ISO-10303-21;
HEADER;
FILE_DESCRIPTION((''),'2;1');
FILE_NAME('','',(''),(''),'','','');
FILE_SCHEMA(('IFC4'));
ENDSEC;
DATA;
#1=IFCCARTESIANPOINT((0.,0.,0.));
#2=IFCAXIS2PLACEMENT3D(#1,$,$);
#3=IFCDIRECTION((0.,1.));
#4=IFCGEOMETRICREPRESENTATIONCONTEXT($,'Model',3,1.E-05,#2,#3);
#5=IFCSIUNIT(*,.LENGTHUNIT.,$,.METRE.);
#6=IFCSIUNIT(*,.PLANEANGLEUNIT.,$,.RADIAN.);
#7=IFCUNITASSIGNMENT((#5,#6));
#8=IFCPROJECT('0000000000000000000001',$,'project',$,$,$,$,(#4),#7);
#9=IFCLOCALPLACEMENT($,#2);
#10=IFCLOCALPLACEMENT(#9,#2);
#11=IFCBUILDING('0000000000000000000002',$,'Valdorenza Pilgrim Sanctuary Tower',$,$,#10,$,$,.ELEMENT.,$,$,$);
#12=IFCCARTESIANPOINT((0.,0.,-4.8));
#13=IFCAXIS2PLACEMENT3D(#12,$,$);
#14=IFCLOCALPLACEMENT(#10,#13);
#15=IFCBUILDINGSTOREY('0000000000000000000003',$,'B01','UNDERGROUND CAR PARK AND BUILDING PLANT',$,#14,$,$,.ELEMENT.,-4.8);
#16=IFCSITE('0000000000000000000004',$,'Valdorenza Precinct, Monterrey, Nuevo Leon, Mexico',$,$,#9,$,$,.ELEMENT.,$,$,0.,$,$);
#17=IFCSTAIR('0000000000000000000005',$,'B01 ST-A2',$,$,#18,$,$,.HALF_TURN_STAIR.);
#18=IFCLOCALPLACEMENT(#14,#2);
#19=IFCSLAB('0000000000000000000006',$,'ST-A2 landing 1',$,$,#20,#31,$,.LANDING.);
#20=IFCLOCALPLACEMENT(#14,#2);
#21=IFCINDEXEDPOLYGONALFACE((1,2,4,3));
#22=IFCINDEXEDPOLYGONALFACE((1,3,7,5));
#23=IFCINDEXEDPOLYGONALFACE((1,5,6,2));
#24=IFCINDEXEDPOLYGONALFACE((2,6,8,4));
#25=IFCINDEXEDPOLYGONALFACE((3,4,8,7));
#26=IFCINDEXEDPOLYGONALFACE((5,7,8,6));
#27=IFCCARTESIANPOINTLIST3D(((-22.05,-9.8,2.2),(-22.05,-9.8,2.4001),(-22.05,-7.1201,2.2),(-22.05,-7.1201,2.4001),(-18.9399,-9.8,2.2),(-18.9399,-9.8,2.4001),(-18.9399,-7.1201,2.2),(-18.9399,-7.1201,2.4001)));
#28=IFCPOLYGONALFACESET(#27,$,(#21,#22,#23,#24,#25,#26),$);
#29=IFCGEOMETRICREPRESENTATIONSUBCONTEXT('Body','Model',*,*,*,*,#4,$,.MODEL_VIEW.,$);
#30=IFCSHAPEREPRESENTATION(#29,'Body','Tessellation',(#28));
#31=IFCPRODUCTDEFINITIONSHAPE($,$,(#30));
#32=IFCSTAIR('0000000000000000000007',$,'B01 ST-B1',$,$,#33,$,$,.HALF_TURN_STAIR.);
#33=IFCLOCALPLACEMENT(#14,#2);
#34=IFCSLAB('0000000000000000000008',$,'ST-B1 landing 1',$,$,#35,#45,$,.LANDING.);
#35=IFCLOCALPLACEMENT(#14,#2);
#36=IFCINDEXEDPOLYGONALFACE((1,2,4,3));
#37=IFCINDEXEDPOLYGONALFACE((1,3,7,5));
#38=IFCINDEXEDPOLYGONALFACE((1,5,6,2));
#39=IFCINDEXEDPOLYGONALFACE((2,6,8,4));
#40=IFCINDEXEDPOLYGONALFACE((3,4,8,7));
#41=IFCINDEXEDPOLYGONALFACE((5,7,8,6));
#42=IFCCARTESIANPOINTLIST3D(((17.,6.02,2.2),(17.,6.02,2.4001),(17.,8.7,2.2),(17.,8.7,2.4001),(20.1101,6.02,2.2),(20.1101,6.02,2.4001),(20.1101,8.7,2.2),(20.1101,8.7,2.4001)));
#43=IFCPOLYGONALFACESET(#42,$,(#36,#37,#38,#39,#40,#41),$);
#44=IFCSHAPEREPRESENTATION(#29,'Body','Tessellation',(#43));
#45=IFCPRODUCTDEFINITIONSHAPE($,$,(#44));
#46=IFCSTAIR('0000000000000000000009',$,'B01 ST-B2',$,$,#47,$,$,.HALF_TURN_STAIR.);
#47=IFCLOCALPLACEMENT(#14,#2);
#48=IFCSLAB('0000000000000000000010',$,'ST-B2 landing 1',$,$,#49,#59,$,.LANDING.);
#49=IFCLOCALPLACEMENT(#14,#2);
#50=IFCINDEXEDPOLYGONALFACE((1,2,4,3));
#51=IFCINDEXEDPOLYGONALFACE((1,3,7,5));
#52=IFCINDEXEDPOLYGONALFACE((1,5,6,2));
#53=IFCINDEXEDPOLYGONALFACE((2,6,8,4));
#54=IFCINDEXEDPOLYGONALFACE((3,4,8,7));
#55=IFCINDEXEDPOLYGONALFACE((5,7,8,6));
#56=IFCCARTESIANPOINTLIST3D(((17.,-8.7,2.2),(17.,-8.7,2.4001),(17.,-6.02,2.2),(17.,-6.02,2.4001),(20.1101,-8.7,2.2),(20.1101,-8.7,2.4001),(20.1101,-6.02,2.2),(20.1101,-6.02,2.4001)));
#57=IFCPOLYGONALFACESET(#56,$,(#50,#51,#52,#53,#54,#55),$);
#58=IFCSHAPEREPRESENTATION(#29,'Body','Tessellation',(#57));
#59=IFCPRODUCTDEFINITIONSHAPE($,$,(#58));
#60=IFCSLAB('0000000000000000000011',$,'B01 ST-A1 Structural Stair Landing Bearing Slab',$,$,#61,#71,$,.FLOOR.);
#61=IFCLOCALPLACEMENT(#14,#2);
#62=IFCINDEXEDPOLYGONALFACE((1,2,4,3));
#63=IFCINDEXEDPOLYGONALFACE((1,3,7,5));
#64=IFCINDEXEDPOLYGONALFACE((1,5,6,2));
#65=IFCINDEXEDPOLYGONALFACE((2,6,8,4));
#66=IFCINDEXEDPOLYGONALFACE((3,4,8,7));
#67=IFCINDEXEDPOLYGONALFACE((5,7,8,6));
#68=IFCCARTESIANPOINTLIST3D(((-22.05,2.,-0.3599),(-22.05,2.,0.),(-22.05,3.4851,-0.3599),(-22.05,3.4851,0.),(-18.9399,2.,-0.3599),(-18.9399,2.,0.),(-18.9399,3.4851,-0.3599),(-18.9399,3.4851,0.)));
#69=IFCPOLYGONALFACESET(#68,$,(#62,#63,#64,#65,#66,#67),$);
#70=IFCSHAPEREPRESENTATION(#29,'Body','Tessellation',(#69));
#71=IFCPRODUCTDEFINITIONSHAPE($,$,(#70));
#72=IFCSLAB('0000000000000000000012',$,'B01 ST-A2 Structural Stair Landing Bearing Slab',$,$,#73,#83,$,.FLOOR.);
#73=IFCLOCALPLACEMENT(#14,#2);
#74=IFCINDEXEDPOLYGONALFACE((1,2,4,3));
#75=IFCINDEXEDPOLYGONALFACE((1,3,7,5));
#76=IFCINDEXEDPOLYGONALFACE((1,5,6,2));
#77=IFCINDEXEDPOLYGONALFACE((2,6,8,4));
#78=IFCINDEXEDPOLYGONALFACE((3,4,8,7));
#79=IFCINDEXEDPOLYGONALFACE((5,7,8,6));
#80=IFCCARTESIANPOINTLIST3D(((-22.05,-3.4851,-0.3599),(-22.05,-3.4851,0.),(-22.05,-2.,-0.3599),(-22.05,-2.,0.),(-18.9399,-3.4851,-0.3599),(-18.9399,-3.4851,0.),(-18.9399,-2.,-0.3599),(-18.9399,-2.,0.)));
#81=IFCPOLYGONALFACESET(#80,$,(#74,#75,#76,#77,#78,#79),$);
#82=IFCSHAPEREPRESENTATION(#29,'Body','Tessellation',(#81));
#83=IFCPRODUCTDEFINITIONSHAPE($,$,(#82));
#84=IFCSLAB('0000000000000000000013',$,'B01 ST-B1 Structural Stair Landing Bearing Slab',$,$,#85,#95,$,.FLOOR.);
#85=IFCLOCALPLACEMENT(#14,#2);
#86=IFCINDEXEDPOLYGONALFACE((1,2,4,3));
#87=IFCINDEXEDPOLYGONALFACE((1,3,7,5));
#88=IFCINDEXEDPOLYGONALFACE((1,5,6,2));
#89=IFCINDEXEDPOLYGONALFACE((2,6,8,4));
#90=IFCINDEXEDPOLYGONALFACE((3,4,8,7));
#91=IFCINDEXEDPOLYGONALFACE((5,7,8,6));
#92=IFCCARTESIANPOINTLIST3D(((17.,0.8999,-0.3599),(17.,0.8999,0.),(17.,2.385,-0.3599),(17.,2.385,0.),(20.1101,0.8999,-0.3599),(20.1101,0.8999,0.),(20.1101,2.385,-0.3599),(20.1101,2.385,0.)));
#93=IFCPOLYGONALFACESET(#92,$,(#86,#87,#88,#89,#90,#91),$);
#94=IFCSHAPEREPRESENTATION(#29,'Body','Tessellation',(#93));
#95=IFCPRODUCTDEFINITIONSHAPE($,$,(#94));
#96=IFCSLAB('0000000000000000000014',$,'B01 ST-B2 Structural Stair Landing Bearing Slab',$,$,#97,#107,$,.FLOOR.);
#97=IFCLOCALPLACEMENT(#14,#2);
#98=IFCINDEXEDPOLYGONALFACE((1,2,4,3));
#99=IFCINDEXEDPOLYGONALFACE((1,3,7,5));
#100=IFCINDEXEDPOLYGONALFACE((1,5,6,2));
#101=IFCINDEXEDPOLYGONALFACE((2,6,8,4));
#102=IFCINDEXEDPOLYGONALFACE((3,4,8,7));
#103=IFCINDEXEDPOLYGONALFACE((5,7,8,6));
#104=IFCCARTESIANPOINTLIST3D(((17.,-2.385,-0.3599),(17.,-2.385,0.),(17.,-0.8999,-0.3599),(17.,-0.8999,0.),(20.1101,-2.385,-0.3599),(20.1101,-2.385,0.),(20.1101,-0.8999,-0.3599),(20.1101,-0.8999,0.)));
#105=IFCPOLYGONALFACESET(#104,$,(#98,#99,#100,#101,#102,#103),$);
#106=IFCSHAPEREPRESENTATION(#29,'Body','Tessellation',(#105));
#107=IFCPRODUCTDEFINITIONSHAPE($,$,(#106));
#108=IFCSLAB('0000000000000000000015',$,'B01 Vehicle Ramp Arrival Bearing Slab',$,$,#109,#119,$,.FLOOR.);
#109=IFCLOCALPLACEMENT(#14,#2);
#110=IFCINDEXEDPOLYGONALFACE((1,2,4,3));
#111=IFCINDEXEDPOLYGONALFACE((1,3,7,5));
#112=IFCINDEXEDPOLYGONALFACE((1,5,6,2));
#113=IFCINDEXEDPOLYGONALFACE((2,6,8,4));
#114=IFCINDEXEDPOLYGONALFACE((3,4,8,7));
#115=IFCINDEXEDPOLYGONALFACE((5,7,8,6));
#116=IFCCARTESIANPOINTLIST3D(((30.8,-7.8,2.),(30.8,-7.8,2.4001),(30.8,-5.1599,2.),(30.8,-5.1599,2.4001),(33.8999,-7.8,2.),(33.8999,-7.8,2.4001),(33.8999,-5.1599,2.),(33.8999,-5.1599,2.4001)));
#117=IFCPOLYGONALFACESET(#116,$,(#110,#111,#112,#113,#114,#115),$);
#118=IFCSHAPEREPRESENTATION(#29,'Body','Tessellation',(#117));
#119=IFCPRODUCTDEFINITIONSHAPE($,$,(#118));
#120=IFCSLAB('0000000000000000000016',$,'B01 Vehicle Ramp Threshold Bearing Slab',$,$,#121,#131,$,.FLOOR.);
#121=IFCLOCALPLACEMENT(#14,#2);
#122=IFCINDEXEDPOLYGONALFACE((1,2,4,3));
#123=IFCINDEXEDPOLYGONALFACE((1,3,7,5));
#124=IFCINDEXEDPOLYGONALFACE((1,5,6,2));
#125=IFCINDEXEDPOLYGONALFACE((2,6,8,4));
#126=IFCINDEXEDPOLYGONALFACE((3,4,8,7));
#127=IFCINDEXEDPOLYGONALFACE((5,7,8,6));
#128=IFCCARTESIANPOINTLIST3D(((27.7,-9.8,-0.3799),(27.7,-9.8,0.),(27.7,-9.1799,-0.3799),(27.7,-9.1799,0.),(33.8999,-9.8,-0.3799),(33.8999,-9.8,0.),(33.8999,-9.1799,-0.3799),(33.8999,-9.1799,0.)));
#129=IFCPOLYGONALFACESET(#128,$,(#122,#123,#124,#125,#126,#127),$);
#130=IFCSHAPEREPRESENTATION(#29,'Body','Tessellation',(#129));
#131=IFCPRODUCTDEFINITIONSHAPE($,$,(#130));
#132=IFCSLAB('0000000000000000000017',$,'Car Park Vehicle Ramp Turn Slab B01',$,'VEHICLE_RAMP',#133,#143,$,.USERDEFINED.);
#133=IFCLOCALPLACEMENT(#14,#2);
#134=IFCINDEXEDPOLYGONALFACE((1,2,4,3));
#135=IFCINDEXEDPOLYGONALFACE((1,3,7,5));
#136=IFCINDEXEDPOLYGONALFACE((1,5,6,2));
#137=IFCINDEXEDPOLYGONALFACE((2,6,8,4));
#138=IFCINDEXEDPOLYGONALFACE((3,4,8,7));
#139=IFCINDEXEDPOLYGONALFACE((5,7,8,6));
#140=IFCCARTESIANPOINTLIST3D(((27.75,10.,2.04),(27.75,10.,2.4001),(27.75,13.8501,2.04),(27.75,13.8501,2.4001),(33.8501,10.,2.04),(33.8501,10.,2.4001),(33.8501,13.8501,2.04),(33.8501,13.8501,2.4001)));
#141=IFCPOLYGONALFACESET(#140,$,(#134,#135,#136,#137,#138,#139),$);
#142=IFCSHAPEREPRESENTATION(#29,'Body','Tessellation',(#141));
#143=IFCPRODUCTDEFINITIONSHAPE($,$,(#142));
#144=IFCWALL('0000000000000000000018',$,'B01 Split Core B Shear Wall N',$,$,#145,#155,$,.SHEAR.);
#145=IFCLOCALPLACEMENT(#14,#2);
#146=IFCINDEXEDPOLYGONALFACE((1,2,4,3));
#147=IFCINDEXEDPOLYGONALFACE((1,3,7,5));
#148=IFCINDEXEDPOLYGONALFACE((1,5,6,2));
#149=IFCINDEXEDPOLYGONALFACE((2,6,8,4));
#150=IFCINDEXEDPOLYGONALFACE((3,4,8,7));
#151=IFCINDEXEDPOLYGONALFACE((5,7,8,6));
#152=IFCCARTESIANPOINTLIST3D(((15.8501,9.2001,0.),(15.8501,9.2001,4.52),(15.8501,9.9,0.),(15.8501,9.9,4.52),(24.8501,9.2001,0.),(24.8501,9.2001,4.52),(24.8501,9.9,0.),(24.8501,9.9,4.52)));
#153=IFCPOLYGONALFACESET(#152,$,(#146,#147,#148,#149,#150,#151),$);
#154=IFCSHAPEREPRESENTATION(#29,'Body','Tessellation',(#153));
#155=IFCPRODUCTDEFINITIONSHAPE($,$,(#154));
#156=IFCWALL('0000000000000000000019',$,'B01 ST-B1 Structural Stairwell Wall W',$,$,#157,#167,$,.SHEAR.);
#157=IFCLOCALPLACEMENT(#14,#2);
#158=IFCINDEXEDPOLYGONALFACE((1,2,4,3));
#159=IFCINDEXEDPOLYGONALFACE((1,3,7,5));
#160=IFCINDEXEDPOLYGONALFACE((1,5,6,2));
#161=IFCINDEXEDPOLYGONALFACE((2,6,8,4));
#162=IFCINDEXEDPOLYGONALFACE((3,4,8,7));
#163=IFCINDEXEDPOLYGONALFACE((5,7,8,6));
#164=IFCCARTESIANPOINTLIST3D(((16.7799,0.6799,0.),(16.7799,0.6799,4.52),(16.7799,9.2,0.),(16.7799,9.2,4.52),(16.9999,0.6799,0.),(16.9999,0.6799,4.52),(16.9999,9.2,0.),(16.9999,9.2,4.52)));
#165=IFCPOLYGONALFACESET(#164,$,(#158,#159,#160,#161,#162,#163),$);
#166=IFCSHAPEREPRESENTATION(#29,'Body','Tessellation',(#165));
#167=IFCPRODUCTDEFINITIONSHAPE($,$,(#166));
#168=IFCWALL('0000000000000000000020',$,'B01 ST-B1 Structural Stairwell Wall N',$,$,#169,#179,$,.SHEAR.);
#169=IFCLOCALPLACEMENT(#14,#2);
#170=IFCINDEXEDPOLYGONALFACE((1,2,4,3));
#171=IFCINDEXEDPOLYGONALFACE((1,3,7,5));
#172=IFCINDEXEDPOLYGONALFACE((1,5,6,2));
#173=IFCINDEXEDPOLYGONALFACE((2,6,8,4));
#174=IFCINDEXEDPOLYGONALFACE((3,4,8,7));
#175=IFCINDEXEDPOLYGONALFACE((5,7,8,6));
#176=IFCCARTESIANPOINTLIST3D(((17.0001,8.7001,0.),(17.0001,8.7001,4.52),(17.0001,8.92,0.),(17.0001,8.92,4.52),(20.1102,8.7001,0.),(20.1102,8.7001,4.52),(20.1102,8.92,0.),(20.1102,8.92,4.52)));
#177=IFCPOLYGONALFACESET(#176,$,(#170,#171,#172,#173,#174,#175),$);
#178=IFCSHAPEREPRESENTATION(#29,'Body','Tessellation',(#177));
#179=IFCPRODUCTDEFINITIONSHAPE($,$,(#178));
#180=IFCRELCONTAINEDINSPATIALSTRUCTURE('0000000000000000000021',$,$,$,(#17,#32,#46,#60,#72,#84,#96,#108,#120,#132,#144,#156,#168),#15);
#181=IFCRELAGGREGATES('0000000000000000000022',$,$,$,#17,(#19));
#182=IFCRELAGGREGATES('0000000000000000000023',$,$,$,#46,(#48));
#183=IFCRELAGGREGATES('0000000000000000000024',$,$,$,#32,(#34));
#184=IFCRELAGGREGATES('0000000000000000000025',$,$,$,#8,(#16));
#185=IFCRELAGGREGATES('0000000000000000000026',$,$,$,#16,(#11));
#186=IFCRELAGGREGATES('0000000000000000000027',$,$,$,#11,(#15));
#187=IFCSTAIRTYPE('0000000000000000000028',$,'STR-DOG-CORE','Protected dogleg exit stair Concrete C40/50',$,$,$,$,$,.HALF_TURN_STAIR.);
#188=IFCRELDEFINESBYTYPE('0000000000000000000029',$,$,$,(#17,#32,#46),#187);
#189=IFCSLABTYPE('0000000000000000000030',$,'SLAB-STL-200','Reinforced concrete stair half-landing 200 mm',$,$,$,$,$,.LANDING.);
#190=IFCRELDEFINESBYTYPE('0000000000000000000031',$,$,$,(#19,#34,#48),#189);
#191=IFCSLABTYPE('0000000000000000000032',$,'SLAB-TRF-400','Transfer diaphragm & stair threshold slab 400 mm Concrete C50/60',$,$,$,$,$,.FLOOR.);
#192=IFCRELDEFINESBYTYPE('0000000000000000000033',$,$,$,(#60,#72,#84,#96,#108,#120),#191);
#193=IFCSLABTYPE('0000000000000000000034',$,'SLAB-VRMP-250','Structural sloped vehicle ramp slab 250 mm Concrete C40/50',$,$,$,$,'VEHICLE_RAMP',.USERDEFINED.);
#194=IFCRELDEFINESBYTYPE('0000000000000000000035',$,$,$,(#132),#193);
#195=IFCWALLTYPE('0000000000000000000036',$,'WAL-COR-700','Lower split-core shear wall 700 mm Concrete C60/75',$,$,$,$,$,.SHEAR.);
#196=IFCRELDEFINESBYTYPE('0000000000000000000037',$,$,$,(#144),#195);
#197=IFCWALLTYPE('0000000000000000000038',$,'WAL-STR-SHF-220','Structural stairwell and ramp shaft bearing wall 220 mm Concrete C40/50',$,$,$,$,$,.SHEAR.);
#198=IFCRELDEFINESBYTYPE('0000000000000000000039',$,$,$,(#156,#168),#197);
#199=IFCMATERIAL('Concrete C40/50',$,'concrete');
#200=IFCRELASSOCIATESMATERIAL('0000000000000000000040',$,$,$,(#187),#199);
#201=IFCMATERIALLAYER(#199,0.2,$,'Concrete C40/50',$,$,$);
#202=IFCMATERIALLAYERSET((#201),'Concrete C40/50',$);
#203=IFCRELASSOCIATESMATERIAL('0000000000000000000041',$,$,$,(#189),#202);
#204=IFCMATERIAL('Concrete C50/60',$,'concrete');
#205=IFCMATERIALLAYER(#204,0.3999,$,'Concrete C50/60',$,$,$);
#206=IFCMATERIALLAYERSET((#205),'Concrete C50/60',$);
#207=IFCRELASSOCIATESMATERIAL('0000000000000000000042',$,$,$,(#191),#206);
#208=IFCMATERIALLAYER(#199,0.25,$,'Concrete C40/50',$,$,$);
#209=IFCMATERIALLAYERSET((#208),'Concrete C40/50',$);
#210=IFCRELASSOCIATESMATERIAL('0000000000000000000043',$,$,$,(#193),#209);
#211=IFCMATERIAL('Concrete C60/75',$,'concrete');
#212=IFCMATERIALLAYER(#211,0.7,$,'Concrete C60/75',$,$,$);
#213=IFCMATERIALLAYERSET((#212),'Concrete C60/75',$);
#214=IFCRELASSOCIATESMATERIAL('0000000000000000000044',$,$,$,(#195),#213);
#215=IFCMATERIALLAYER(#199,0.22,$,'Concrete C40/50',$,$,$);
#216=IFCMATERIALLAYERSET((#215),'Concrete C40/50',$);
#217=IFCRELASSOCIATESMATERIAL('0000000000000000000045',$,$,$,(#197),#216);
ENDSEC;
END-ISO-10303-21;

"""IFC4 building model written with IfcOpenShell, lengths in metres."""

from ifc_helpers import new_model, si_unit, direction, frame, frame_2d, origin, place, context, subcontext, project, spatial, polyline, rectangle, outline, extrude, material, layer, layer_set, type_object, element, aggregate, save


model = new_model("IFC4")

# Units and contexts
model_context = context("Model", 3, precision=1e-05, world=origin(), true_north=direction((0.0, 1.0)))
body_context = subcontext(model_context, "Body", "Model", "MODEL_VIEW")
ifc_project = project(units=[si_unit("LENGTHUNIT", "METRE"), si_unit("PLANEANGLEUNIT", "RADIAN")], contexts=[model_context])

# Site, building, storey
site_placement = place(None, origin())
site = spatial("IfcSite", under=ifc_project, at=site_placement, Name="Valdorenza Precinct, Monterrey, Nuevo Leon, Mexico", CompositionType="ELEMENT", RefElevation=0.0)
building_placement = place(site_placement, origin())
building = spatial("IfcBuilding", under=site, at=building_placement, Name="Valdorenza Pilgrim Sanctuary Tower", CompositionType="ELEMENT")
storey_placement = place(building_placement, frame((0.0, 0.0, -4.8)))
storey = spatial("IfcBuildingStorey", under=building, at=storey_placement, Name="B01", Description="UNDERGROUND CAR PARK AND BUILDING PLANT", CompositionType="ELEMENT", Elevation=-4.8)

# Shared definitions
ifc_material_1 = material(Name="Concrete C60/75", Category="concrete")

# Stairs, slabs
ifc_material_2 = material(Name="Concrete C40/50", Category="concrete")
stair_type = type_object("IfcStairType", Name="STR-DOG-CORE", Description="Protected dogleg exit stair Concrete C40/50", PredefinedType="HALF_TURN_STAIR", material=ifc_material_2)
ifc_layer_1 = layer(ifc_material_2, 0.2, Name="Concrete C40/50")
ifc_layer_set_1 = layer_set([ifc_layer_1], Name="Concrete C40/50")
slab_type_1 = type_object("IfcSlabType", Name="SLAB-STL-200", Description="Reinforced concrete stair half-landing 200 mm", PredefinedType="LANDING", material=ifc_layer_set_1)
stair_1_placement = place(storey_placement, origin())
stair_1 = element("IfcStair", 1, at=stair_1_placement, inside=storey, type_object=stair_type, Name="B01 ST-A2", PredefinedType="HALF_TURN_STAIR")
slab_1_placement = place(storey_placement, frame((0.0, 0.0, 2.2)))
slab_1 = element("IfcSlab", 2, at=slab_1_placement, type_object=slab_type_1, Name="ST-A2 landing 1", PredefinedType="LANDING", context=body_context, shape_type="SweptSolid", body=[
    extrude(outline(polyline([(-22.05, -7.1201), (-22.05, -9.8), (-18.9399, -9.8), (-18.9399, -7.1201), (-22.05, -7.1201)])), origin(), (0.0, 0.0, 1.0), 0.2002),
])
aggregate(stair_1, [slab_1])
stair_2_placement = place(storey_placement, origin())
stair_2 = element("IfcStair", 3, at=stair_2_placement, inside=storey, type_object=stair_type, Name="B01 ST-B1", PredefinedType="HALF_TURN_STAIR")
slab_2_placement = place(storey_placement, frame((0.0, 0.0, 2.2)))
slab_2 = element("IfcSlab", 4, at=slab_2_placement, type_object=slab_type_1, Name="ST-B1 landing 1", PredefinedType="LANDING", context=body_context, shape_type="SweptSolid", body=[
    extrude(outline(polyline([(20.1101, 6.02), (20.1101, 8.7), (17.0, 8.7), (17.0, 6.02), (20.1101, 6.02)])), origin(), (0.0, 0.0, 1.0), 0.2002),
])
stair_3_placement = place(storey_placement, origin())
stair_3 = element("IfcStair", 5, at=stair_3_placement, inside=storey, type_object=stair_type, Name="B01 ST-B2", PredefinedType="HALF_TURN_STAIR")
slab_3_placement = place(storey_placement, frame((0.0, 0.0, 2.2)))
slab_3 = element("IfcSlab", 6, at=slab_3_placement, type_object=slab_type_1, Name="ST-B2 landing 1", PredefinedType="LANDING", context=body_context, shape_type="SweptSolid", body=[
    extrude(outline(polyline([(17.0, -6.02), (17.0, -8.7), (20.1101, -8.7), (20.1101, -6.02), (17.0, -6.02)])), origin(), (0.0, 0.0, 1.0), 0.2002),
])
aggregate(stair_3, [slab_3])

# Slabs
ifc_material_3 = material(Name="Concrete C50/60", Category="concrete")
ifc_layer_2 = layer(ifc_material_3, 0.3999, Name="Concrete C50/60")
ifc_layer_set_2 = layer_set([ifc_layer_2], Name="Concrete C50/60")
slab_type_2 = type_object("IfcSlabType", Name="SLAB-TRF-400", Description="Transfer diaphragm & stair threshold slab 400 mm Concrete C50/60", PredefinedType="FLOOR", material=ifc_layer_set_2)
slab_4_placement = place(storey_placement, frame((0.0, 0.0, -0.3599)))
element("IfcSlab", 7, at=slab_4_placement, inside=storey, type_object=slab_type_2, Name="B01 ST-A1 Structural Stair Landing Bearing Slab", PredefinedType="FLOOR", context=body_context, shape_type="SweptSolid", body=[
    extrude(outline(polyline([(-22.05, 2.0), (-18.9399, 2.0), (-18.9399, 3.4851), (-22.05, 3.4851), (-22.05, 2.0)])), origin(), (0.0, 0.0, 1.0), 0.3599),
])
slab_5_placement = place(storey_placement, frame((0.0, 0.0, -0.3599)))
element("IfcSlab", 8, at=slab_5_placement, inside=storey, type_object=slab_type_2, Name="B01 ST-A2 Structural Stair Landing Bearing Slab", PredefinedType="FLOOR", context=body_context, shape_type="SweptSolid", body=[
    extrude(outline(polyline([(-22.05, -3.4851), (-18.9399, -3.4851), (-18.9399, -2.0), (-22.05, -2.0), (-22.05, -3.4851)])), origin(), (0.0, 0.0, 1.0), 0.3599),
])
slab_6_placement = place(storey_placement, frame((0.0, 0.0, -0.3599)))
element("IfcSlab", 9, at=slab_6_placement, inside=storey, type_object=slab_type_2, Name="B01 ST-B1 Structural Stair Landing Bearing Slab", PredefinedType="FLOOR", context=body_context, shape_type="SweptSolid", body=[
    extrude(outline(polyline([(17.0, 0.8999), (20.1101, 0.8999), (20.1101, 2.385), (17.0, 2.385), (17.0, 0.8999)])), origin(), (0.0, 0.0, 1.0), 0.3599),
])
slab_7_placement = place(storey_placement, frame((0.0, 0.0, -0.3599)))
element("IfcSlab", 10, at=slab_7_placement, inside=storey, type_object=slab_type_2, Name="B01 ST-B2 Structural Stair Landing Bearing Slab", PredefinedType="FLOOR", context=body_context, shape_type="SweptSolid", body=[
    extrude(outline(polyline([(17.0, -2.385), (20.1101, -2.385), (20.1101, -0.8999), (17.0, -0.8999), (17.0, -2.385)])), origin(), (0.0, 0.0, 1.0), 0.3599),
])
slab_8_placement = place(storey_placement, frame((0.0, 0.0, 2.0)))
element("IfcSlab", 11, at=slab_8_placement, inside=storey, type_object=slab_type_2, Name="B01 Vehicle Ramp Arrival Bearing Slab", PredefinedType="FLOOR", context=body_context, shape_type="SweptSolid", body=[
    extrude(outline(polyline([(30.8, -7.8), (33.8999, -7.8), (33.8999, -5.1599), (30.8, -5.1599), (30.8, -7.8)])), origin(), (0.0, 0.0, 1.0), 0.4001),
])
slab_9_placement = place(storey_placement, frame((0.0, 0.0, -0.3799)))
element("IfcSlab", 12, at=slab_9_placement, inside=storey, type_object=slab_type_2, Name="B01 Vehicle Ramp Threshold Bearing Slab", PredefinedType="FLOOR", context=body_context, shape_type="SweptSolid", body=[
    extrude(outline(polyline([(27.7, -9.8), (33.8999, -9.8), (33.8999, -9.1799), (27.7, -9.1799), (27.7, -9.8)])), origin(), (0.0, 0.0, 1.0), 0.3799),
])
ifc_layer_3 = layer(ifc_material_2, 0.25, Name="Concrete C40/50")
ifc_layer_set_3 = layer_set([ifc_layer_3], Name="Concrete C40/50")
slab_type_3 = type_object("IfcSlabType", Name="SLAB-VRMP-250", Description="Structural sloped vehicle ramp slab 250 mm Concrete C40/50", ElementType="VEHICLE_RAMP", PredefinedType="USERDEFINED", material=ifc_layer_set_3)
slab_10_placement = place(storey_placement, frame((0.0, 0.0, 2.04)))
element("IfcSlab", 13, at=slab_10_placement, inside=storey, type_object=slab_type_3, Name="Car Park Vehicle Ramp Turn Slab B01", ObjectType="VEHICLE_RAMP", PredefinedType="USERDEFINED", context=body_context, shape_type="SweptSolid", body=[
    extrude(outline(polyline([(27.75, 10.0), (33.8501, 10.0), (33.8501, 13.8501), (27.75, 13.8501), (27.75, 10.0)])), origin(), (0.0, 0.0, 1.0), 0.3601),
])

# Walls
ifc_layer_4 = layer(ifc_material_1, 0.7, Name="Concrete C60/75")
ifc_layer_set_4 = layer_set([ifc_layer_4], Name="Concrete C60/75")
wall_type_1 = type_object("IfcWallType", Name="WAL-COR-700", Description="Lower split-core shear wall 700 mm Concrete C60/75", PredefinedType="SHEAR", material=ifc_layer_set_4)
wall_1_placement = place(storey_placement, frame((15.8501, 9.55, 0.0), z_axis=(0.0, 0.0, 1.0), x_axis=(1.0, 0.0, 0.0)))
element("IfcWall", 14, at=wall_1_placement, inside=storey, type_object=wall_type_1, Name="B01 Split Core B Shear Wall N", PredefinedType="SHEAR", context=body_context, shape_type="SweptSolid", body=[
    extrude(rectangle(XDim=9.0, YDim=0.7, at=frame_2d((4.5, 0.0))), origin(), (0.0, 0.0, 1.0), 4.52),
])
ifc_layer_5 = layer(ifc_material_2, 0.22, Name="Concrete C40/50")
ifc_layer_set_5 = layer_set([ifc_layer_5], Name="Concrete C40/50")
wall_type_2 = type_object("IfcWallType", Name="WAL-STR-SHF-220", Description="Structural stairwell and ramp shaft bearing wall 220 mm Concrete C40/50", PredefinedType="SHEAR", material=ifc_layer_set_5)
wall_2_placement = place(storey_placement, frame((16.8899, 0.6799, 0.0), z_axis=(0.0, 0.0, 1.0), x_axis=(0.0, 1.0, 0.0)))
element("IfcWall", 15, at=wall_2_placement, inside=storey, type_object=wall_type_2, Name="B01 ST-B1 Structural Stairwell Wall W", PredefinedType="SHEAR", context=body_context, shape_type="SweptSolid", body=[
    extrude(rectangle(XDim=8.52, YDim=0.22, at=frame_2d((4.26, 0.0))), origin(), (0.0, 0.0, 1.0), 4.52),
])

# Wall
wall_3_placement = place(storey_placement, frame((17.0, 8.8101, 0.0), z_axis=(0.0, 0.0, 1.0), x_axis=(1.0, 0.0, 0.0)))
element("IfcWall", 16, at=wall_3_placement, inside=storey, type_object=wall_type_2, Name="B01 ST-B1 Structural Stairwell Wall N", PredefinedType="SHEAR", context=body_context, shape_type="SweptSolid", body=[
    extrude(rectangle(XDim=3.1101, YDim=0.22, at=frame_2d((1.5552, 0.0))), origin(), (0.0, 0.0, 1.0), 4.52),
])

aggregate(stair_2, [slab_2])

save(model, "model.ifc")
